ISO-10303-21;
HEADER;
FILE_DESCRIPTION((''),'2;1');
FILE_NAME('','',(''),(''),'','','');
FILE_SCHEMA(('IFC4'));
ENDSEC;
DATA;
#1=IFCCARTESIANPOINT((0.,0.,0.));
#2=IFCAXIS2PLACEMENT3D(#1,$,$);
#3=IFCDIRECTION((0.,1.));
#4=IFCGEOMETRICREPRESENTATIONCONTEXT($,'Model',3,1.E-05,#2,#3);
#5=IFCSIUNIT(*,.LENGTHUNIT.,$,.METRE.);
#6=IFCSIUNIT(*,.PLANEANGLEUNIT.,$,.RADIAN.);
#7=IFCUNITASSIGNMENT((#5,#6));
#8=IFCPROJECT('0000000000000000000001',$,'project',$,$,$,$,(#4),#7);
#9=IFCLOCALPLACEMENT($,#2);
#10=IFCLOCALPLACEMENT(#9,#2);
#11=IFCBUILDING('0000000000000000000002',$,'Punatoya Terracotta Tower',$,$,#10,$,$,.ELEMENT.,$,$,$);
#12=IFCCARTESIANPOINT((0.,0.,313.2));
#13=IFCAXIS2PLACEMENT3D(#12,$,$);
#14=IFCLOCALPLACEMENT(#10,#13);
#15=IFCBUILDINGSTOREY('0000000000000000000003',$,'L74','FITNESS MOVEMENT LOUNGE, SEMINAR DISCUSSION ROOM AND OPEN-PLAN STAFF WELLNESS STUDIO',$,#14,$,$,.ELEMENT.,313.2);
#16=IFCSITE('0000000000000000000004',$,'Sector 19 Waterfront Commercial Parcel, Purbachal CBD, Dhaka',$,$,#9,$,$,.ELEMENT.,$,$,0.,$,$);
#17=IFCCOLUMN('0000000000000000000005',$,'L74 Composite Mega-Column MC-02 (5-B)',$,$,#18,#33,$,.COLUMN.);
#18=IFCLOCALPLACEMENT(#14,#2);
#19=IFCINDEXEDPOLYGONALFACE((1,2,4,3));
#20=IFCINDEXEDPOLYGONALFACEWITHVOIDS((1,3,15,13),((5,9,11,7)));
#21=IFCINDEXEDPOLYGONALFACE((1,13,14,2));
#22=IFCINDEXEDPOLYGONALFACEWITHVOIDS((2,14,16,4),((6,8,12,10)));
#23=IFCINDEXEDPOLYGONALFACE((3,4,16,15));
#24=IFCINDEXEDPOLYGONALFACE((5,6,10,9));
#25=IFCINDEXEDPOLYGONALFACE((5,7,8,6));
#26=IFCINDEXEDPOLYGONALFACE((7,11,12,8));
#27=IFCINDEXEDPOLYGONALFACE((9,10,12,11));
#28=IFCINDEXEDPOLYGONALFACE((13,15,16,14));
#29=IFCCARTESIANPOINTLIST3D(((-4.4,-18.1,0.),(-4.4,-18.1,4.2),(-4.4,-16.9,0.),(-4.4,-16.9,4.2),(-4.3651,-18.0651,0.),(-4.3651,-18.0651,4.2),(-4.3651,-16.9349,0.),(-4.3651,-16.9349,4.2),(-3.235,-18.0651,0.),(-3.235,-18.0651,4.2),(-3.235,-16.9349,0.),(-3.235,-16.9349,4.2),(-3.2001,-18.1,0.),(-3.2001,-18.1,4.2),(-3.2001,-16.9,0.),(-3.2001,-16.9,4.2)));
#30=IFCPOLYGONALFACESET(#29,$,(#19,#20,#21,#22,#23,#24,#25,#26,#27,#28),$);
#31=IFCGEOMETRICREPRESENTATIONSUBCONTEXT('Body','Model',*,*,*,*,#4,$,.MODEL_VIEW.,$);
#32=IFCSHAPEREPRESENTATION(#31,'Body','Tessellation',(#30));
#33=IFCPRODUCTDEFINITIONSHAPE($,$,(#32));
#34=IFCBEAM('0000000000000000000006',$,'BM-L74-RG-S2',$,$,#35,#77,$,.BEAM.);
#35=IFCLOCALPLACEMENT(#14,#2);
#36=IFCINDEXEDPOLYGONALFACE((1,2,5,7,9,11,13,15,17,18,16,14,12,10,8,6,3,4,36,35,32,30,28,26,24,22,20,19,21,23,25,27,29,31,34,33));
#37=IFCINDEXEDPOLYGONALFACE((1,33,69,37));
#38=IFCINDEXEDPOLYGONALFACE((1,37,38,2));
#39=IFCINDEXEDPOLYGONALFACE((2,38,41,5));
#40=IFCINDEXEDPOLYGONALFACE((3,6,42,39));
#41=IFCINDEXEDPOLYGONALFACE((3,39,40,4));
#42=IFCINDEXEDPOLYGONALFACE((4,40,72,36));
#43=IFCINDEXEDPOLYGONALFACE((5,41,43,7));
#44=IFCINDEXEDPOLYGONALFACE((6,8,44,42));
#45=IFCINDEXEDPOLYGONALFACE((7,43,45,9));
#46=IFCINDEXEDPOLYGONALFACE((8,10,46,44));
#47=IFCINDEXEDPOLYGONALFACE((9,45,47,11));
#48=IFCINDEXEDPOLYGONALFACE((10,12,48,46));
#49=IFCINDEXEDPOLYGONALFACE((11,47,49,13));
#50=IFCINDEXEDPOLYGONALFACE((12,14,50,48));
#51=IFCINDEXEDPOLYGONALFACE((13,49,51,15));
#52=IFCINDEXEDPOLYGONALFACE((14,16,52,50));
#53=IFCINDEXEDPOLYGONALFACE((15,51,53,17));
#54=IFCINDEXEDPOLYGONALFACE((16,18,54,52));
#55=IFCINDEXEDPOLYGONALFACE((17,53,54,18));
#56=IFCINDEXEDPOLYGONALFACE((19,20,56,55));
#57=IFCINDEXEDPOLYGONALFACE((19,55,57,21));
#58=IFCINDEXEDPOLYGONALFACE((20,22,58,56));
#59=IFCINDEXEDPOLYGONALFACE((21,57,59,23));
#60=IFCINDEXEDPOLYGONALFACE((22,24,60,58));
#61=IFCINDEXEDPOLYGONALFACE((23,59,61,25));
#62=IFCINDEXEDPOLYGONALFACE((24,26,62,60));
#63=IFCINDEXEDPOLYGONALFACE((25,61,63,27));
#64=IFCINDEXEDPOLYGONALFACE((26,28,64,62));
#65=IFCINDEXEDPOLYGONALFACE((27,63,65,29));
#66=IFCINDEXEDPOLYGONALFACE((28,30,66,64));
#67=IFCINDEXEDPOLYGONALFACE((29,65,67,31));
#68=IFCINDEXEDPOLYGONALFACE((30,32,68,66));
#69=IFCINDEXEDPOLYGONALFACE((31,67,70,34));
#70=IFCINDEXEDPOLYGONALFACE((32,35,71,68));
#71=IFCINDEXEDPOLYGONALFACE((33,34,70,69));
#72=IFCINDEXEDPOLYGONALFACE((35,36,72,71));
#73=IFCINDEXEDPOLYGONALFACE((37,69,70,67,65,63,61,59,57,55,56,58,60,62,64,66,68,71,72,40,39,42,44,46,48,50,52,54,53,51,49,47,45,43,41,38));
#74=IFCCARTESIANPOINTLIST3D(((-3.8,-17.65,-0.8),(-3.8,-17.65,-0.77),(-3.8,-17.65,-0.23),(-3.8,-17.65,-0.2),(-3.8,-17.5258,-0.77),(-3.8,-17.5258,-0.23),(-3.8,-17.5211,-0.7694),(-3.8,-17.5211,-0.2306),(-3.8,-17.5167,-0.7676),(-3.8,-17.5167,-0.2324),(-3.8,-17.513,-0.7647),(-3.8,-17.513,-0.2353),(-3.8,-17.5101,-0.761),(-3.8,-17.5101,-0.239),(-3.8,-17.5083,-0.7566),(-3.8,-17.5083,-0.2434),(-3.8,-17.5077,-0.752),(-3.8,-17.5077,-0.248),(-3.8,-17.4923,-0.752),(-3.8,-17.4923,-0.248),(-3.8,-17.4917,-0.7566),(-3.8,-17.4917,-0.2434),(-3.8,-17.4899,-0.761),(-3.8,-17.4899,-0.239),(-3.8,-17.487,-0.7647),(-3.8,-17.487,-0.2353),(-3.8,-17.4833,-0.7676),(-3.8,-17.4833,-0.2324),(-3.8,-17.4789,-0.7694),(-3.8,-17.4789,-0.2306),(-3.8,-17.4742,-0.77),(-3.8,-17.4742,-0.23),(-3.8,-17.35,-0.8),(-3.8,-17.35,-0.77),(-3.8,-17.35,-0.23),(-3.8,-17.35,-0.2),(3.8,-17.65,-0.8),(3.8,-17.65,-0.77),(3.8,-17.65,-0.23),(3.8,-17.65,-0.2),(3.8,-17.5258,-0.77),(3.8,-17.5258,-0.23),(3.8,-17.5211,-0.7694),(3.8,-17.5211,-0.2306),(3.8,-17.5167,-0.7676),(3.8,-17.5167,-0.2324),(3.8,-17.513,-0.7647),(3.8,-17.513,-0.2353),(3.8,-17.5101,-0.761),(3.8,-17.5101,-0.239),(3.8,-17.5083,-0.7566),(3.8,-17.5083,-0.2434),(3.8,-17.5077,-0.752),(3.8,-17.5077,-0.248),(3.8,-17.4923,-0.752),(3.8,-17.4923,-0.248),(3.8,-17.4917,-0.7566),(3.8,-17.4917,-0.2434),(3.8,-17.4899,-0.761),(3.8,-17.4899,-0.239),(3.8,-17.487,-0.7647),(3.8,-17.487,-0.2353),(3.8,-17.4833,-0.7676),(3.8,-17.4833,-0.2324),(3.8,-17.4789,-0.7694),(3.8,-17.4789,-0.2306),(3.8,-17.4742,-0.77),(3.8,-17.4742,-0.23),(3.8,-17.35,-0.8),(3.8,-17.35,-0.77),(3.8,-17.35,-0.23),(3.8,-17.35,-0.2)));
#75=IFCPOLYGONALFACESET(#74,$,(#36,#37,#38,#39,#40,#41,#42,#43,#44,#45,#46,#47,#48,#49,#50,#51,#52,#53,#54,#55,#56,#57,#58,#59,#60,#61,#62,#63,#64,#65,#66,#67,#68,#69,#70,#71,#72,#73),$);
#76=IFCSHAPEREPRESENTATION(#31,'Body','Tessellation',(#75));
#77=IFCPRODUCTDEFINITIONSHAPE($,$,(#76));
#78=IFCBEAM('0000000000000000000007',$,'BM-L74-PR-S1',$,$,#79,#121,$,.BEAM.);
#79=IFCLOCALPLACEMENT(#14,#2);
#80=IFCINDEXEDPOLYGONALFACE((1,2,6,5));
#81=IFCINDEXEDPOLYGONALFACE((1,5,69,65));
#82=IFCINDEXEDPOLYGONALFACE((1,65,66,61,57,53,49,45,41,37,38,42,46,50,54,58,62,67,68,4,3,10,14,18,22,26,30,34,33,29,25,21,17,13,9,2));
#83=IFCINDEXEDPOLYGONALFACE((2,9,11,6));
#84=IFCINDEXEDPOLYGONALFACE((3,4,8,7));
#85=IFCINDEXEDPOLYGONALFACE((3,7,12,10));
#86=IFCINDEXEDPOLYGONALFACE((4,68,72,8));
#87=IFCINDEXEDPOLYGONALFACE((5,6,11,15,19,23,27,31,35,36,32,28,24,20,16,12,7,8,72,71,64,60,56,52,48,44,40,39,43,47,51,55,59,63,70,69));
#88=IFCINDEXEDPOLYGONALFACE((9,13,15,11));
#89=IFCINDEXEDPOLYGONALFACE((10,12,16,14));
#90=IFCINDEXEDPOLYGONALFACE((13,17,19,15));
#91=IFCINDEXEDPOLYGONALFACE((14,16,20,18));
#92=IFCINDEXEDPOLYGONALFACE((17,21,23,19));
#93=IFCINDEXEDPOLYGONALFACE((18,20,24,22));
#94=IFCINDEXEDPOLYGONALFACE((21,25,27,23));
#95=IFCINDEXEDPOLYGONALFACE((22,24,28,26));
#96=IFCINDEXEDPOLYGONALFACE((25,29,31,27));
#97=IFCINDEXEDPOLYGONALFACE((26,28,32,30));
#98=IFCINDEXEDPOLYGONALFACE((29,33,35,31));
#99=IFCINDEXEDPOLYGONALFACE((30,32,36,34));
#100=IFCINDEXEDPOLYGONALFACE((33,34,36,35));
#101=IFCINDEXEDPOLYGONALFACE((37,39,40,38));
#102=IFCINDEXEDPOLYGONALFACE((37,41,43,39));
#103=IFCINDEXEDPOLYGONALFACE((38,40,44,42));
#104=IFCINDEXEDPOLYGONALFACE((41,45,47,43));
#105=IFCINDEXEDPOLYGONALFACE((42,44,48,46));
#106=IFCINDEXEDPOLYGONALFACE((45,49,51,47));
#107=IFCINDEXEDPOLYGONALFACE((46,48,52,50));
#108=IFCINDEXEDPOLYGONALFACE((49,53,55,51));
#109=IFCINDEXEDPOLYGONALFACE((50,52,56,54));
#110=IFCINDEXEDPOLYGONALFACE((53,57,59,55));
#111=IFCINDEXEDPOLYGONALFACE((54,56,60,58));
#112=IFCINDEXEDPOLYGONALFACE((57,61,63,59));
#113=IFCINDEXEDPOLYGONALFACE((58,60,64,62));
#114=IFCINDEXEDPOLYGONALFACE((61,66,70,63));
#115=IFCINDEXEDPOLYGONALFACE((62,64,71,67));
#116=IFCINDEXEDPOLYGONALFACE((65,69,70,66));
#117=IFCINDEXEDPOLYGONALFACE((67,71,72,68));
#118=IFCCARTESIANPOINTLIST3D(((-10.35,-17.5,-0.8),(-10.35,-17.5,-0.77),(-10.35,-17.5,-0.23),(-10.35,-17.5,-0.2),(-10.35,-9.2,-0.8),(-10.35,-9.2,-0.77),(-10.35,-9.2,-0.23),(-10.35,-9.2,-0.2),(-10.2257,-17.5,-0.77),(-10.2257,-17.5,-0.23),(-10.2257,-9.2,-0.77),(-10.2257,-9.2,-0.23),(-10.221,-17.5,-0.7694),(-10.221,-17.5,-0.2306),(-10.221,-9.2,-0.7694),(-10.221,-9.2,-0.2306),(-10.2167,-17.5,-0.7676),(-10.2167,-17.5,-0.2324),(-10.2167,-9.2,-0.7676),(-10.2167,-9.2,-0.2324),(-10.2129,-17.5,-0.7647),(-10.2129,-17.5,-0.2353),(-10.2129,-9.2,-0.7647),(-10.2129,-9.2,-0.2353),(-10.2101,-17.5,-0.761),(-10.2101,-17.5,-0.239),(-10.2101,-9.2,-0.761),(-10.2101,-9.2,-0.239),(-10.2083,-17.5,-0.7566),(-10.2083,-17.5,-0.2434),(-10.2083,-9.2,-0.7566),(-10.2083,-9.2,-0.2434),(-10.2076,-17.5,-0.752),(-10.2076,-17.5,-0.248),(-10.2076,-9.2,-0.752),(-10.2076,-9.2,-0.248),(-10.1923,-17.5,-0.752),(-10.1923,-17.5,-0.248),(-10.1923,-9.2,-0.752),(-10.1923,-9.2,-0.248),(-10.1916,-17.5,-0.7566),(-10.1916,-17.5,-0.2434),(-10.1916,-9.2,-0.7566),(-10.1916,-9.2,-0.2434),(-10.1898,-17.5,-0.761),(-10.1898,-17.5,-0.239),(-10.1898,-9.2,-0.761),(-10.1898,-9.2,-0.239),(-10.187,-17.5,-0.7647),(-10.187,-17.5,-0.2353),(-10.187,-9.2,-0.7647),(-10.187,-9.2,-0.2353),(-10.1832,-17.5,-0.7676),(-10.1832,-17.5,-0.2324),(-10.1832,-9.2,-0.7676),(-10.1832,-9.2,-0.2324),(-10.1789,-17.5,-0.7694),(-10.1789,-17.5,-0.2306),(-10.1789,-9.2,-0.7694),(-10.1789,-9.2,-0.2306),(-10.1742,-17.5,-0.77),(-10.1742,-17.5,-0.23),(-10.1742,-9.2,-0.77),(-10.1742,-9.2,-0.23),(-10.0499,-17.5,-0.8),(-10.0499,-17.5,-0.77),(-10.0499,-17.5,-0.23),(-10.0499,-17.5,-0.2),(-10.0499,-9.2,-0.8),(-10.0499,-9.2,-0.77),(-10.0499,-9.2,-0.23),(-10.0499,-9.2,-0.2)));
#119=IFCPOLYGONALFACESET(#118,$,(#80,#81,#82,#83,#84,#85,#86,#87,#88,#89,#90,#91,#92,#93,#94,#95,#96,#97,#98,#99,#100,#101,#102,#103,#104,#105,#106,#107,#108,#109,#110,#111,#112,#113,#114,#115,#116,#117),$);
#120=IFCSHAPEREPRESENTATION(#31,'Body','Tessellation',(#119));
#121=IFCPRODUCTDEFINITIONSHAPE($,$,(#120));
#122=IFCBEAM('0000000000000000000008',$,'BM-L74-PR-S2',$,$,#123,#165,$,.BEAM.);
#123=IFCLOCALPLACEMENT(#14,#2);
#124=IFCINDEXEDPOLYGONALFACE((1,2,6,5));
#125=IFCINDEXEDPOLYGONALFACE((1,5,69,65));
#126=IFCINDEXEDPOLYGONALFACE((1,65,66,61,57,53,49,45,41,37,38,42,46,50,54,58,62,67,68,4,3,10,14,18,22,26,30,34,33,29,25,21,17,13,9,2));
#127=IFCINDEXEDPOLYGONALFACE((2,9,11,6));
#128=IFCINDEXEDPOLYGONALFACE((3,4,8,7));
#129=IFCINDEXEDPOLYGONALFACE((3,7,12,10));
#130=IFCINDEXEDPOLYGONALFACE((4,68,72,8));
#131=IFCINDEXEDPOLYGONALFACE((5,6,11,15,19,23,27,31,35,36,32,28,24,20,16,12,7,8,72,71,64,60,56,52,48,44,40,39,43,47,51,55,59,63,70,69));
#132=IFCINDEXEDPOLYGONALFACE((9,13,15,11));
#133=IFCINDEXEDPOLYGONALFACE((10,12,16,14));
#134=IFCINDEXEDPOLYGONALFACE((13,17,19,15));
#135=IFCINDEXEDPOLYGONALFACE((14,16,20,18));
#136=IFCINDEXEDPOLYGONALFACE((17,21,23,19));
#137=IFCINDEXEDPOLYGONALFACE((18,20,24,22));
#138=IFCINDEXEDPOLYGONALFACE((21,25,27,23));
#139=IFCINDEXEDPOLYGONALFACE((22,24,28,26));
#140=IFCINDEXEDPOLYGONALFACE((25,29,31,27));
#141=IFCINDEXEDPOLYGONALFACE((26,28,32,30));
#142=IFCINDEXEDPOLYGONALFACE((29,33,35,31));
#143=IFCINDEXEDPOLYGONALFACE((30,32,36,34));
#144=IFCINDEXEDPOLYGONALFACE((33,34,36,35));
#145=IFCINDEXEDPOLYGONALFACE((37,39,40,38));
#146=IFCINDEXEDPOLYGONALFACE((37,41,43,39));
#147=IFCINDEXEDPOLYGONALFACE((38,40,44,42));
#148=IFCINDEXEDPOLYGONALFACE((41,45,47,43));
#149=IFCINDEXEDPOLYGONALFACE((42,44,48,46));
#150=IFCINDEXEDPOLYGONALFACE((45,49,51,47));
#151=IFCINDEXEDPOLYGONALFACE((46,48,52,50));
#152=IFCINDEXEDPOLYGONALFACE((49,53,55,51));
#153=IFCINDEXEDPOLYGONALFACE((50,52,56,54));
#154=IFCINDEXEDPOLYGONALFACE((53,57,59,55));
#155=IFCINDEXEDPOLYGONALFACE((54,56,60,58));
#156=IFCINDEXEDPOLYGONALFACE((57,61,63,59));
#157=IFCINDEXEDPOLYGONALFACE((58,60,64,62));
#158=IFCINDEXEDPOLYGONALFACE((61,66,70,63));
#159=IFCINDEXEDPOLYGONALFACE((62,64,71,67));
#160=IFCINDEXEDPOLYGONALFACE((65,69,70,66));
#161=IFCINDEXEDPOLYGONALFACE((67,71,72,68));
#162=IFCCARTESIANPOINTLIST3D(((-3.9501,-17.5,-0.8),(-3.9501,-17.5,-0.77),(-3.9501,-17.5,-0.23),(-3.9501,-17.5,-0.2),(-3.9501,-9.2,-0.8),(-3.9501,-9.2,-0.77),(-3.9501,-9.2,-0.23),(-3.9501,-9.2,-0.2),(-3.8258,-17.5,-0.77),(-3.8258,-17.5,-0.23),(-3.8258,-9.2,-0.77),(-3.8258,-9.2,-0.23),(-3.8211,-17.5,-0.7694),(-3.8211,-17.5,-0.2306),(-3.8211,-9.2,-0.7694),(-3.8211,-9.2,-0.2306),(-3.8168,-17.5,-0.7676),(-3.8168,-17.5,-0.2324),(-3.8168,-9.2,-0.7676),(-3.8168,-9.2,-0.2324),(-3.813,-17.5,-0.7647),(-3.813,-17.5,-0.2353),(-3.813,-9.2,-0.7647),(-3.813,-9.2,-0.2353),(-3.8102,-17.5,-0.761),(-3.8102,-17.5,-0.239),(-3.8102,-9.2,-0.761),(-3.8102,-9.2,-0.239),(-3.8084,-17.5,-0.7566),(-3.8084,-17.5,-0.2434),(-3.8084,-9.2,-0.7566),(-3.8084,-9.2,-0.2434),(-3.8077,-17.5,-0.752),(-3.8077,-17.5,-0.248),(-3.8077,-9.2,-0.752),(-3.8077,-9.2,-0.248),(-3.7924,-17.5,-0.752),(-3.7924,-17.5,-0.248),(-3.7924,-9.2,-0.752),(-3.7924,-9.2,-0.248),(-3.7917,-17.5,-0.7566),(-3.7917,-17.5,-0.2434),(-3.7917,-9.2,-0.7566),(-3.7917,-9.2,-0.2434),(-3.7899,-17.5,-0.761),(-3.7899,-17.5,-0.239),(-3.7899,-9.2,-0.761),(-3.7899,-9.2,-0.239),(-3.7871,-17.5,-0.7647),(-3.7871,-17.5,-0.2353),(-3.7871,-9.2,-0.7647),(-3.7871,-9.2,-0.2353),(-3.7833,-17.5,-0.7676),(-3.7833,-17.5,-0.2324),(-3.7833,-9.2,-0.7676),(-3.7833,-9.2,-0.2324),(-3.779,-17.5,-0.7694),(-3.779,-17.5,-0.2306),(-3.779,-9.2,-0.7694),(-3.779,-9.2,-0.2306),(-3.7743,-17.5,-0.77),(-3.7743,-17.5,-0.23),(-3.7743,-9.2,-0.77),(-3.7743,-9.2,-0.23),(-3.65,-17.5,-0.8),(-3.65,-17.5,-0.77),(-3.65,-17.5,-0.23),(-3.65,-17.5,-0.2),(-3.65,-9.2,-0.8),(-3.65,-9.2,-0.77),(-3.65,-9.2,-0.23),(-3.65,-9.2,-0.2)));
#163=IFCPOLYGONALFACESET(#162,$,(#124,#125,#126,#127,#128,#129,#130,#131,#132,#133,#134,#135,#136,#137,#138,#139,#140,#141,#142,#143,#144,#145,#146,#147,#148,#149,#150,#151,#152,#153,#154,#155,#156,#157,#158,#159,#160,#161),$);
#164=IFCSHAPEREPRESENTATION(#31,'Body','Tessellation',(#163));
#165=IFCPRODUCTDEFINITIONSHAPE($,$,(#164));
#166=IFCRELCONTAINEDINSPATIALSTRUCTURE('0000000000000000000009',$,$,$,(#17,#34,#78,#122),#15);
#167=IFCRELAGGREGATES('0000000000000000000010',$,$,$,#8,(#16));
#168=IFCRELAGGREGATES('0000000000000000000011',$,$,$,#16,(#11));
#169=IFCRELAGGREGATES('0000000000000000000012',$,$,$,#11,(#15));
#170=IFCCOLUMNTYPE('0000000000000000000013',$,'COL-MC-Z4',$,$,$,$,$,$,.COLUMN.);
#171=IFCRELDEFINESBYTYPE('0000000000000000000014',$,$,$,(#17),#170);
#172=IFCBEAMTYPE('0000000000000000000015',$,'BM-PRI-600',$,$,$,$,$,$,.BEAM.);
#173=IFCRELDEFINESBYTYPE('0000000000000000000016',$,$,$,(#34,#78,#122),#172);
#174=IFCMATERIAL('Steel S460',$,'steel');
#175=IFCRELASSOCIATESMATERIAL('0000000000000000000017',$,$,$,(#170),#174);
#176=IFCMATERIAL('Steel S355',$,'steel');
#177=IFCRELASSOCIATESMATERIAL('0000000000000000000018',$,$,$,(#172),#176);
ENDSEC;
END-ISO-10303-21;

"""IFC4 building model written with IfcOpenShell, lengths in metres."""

from ifc_helpers import new_model, si_unit, direction, frame, origin, origin_2d, place, context, subcontext, project, spatial, hollow_rectangle, i_section, extrude, material, material_profile, profile_set, type_object, element, save


model = new_model("IFC4")

# Units and contexts
model_context = context("Model", 3, precision=1e-05, world=origin(), true_north=direction((0.0, 1.0)))
body_context = subcontext(model_context, "Body", "Model", "MODEL_VIEW")
ifc_project = project(units=[si_unit("LENGTHUNIT", "METRE"), si_unit("PLANEANGLEUNIT", "RADIAN")], contexts=[model_context])

# Site, building, storey
site_placement = place(None, origin())
site = spatial("IfcSite", under=ifc_project, at=site_placement, Name="Sector 19 Waterfront Commercial Parcel, Purbachal CBD, Dhaka", CompositionType="ELEMENT", RefElevation=0.0)
building_placement = place(site_placement, origin())
building = spatial("IfcBuilding", under=site, at=building_placement, Name="Punatoya Terracotta Tower", CompositionType="ELEMENT")
storey_placement = place(building_placement, frame((0.0, 0.0, 313.2)))
storey = spatial("IfcBuildingStorey", under=building, at=storey_placement, Name="L74", Description="FITNESS MOVEMENT LOUNGE, SEMINAR DISCUSSION ROOM AND OPEN-PLAN STAFF WELLNESS STUDIO", CompositionType="ELEMENT", Elevation=313.2)

# Column
ifc_material_1 = material(Name="Steel S460", Category="steel")
ifc_material_profile_1 = material_profile(ifc_material_1, hollow_rectangle(XDim=1.2, YDim=1.2, WallThickness=0.0349, at=origin_2d()))
ifc_profile_set_1 = profile_set([ifc_material_profile_1], Name="Steel S460")
column_type = type_object("IfcColumnType", Name="COL-MC-Z4", PredefinedType="COLUMN", material=ifc_profile_set_1)
column_placement = place(storey_placement, frame((-3.8, -17.5, 0.0), z_axis=(0.0, 0.0, 1.0), x_axis=(1.0, 0.0, 0.0)))
element("IfcColumn", 1, at=column_placement, inside=storey, type_object=column_type, Name="L74 Composite Mega-Column MC-02 (5-B)", PredefinedType="COLUMN", context=body_context, shape_type="SweptSolid", body=[
    extrude(hollow_rectangle(XDim=1.2, YDim=1.2, WallThickness=0.0349, at=origin_2d()), origin(), (0.0, 0.0, 1.0), 4.2),
])

# Beams
ifc_material_2 = material(Name="Steel S355", Category="steel")
ifc_material_profile_2 = material_profile(ifc_material_2, i_section(OverallWidth=0.3, OverallDepth=0.6001, WebThickness=0.0154, FlangeThickness=0.03, FilletRadius=0.0181, at=origin_2d()))
ifc_profile_set_2 = profile_set([ifc_material_profile_2], Name="Steel S355")
beam_type_1 = type_object("IfcBeamType", Name="BM-PRI-600", PredefinedType="BEAM", material=ifc_profile_set_2)
beam_1_placement = place(storey_placement, frame((-3.8, -17.5, -0.5), z_axis=(1.0, 0.0, 0.0), x_axis=(0.0, 1.0, 0.0)))
element("IfcBeam", 2, at=beam_1_placement, inside=storey, type_object=beam_type_1, Name="BM-L74-RG-S2", PredefinedType="BEAM", context=body_context, shape_type="SweptSolid", body=[
    extrude(i_section(OverallWidth=0.3, OverallDepth=0.6001, WebThickness=0.0154, FlangeThickness=0.03, FilletRadius=0.0181, at=origin_2d()), origin(), (0.0, 0.0, 1.0), 7.6001),
])
for number, where, z_axis, x_axis, name in (
    (3, (-10.2, -17.5, -0.5), (0.0, 1.0, 0.0), (-1.0, 0.0, 0.0), "BM-L74-PR-S1"),
    (4, (-3.8, -17.5, -0.5), (0.0, 1.0, 0.0), (-1.0, 0.0, 0.0), "BM-L74-PR-S2"),
):
    element("IfcBeam", number, at=place(storey_placement, frame(where, z_axis=z_axis, x_axis=x_axis)), inside=storey, type_object=beam_type_1, Name=name, PredefinedType="BEAM", context=body_context, shape_type="SweptSolid", body=[
        extrude(i_section(OverallWidth=0.3, OverallDepth=0.6001, WebThickness=0.0154, FlangeThickness=0.03, FilletRadius=0.0181, at=origin_2d()), origin(), (0.0, 0.0, 1.0), 8.3),
    ])

save(model, "model.ifc")
